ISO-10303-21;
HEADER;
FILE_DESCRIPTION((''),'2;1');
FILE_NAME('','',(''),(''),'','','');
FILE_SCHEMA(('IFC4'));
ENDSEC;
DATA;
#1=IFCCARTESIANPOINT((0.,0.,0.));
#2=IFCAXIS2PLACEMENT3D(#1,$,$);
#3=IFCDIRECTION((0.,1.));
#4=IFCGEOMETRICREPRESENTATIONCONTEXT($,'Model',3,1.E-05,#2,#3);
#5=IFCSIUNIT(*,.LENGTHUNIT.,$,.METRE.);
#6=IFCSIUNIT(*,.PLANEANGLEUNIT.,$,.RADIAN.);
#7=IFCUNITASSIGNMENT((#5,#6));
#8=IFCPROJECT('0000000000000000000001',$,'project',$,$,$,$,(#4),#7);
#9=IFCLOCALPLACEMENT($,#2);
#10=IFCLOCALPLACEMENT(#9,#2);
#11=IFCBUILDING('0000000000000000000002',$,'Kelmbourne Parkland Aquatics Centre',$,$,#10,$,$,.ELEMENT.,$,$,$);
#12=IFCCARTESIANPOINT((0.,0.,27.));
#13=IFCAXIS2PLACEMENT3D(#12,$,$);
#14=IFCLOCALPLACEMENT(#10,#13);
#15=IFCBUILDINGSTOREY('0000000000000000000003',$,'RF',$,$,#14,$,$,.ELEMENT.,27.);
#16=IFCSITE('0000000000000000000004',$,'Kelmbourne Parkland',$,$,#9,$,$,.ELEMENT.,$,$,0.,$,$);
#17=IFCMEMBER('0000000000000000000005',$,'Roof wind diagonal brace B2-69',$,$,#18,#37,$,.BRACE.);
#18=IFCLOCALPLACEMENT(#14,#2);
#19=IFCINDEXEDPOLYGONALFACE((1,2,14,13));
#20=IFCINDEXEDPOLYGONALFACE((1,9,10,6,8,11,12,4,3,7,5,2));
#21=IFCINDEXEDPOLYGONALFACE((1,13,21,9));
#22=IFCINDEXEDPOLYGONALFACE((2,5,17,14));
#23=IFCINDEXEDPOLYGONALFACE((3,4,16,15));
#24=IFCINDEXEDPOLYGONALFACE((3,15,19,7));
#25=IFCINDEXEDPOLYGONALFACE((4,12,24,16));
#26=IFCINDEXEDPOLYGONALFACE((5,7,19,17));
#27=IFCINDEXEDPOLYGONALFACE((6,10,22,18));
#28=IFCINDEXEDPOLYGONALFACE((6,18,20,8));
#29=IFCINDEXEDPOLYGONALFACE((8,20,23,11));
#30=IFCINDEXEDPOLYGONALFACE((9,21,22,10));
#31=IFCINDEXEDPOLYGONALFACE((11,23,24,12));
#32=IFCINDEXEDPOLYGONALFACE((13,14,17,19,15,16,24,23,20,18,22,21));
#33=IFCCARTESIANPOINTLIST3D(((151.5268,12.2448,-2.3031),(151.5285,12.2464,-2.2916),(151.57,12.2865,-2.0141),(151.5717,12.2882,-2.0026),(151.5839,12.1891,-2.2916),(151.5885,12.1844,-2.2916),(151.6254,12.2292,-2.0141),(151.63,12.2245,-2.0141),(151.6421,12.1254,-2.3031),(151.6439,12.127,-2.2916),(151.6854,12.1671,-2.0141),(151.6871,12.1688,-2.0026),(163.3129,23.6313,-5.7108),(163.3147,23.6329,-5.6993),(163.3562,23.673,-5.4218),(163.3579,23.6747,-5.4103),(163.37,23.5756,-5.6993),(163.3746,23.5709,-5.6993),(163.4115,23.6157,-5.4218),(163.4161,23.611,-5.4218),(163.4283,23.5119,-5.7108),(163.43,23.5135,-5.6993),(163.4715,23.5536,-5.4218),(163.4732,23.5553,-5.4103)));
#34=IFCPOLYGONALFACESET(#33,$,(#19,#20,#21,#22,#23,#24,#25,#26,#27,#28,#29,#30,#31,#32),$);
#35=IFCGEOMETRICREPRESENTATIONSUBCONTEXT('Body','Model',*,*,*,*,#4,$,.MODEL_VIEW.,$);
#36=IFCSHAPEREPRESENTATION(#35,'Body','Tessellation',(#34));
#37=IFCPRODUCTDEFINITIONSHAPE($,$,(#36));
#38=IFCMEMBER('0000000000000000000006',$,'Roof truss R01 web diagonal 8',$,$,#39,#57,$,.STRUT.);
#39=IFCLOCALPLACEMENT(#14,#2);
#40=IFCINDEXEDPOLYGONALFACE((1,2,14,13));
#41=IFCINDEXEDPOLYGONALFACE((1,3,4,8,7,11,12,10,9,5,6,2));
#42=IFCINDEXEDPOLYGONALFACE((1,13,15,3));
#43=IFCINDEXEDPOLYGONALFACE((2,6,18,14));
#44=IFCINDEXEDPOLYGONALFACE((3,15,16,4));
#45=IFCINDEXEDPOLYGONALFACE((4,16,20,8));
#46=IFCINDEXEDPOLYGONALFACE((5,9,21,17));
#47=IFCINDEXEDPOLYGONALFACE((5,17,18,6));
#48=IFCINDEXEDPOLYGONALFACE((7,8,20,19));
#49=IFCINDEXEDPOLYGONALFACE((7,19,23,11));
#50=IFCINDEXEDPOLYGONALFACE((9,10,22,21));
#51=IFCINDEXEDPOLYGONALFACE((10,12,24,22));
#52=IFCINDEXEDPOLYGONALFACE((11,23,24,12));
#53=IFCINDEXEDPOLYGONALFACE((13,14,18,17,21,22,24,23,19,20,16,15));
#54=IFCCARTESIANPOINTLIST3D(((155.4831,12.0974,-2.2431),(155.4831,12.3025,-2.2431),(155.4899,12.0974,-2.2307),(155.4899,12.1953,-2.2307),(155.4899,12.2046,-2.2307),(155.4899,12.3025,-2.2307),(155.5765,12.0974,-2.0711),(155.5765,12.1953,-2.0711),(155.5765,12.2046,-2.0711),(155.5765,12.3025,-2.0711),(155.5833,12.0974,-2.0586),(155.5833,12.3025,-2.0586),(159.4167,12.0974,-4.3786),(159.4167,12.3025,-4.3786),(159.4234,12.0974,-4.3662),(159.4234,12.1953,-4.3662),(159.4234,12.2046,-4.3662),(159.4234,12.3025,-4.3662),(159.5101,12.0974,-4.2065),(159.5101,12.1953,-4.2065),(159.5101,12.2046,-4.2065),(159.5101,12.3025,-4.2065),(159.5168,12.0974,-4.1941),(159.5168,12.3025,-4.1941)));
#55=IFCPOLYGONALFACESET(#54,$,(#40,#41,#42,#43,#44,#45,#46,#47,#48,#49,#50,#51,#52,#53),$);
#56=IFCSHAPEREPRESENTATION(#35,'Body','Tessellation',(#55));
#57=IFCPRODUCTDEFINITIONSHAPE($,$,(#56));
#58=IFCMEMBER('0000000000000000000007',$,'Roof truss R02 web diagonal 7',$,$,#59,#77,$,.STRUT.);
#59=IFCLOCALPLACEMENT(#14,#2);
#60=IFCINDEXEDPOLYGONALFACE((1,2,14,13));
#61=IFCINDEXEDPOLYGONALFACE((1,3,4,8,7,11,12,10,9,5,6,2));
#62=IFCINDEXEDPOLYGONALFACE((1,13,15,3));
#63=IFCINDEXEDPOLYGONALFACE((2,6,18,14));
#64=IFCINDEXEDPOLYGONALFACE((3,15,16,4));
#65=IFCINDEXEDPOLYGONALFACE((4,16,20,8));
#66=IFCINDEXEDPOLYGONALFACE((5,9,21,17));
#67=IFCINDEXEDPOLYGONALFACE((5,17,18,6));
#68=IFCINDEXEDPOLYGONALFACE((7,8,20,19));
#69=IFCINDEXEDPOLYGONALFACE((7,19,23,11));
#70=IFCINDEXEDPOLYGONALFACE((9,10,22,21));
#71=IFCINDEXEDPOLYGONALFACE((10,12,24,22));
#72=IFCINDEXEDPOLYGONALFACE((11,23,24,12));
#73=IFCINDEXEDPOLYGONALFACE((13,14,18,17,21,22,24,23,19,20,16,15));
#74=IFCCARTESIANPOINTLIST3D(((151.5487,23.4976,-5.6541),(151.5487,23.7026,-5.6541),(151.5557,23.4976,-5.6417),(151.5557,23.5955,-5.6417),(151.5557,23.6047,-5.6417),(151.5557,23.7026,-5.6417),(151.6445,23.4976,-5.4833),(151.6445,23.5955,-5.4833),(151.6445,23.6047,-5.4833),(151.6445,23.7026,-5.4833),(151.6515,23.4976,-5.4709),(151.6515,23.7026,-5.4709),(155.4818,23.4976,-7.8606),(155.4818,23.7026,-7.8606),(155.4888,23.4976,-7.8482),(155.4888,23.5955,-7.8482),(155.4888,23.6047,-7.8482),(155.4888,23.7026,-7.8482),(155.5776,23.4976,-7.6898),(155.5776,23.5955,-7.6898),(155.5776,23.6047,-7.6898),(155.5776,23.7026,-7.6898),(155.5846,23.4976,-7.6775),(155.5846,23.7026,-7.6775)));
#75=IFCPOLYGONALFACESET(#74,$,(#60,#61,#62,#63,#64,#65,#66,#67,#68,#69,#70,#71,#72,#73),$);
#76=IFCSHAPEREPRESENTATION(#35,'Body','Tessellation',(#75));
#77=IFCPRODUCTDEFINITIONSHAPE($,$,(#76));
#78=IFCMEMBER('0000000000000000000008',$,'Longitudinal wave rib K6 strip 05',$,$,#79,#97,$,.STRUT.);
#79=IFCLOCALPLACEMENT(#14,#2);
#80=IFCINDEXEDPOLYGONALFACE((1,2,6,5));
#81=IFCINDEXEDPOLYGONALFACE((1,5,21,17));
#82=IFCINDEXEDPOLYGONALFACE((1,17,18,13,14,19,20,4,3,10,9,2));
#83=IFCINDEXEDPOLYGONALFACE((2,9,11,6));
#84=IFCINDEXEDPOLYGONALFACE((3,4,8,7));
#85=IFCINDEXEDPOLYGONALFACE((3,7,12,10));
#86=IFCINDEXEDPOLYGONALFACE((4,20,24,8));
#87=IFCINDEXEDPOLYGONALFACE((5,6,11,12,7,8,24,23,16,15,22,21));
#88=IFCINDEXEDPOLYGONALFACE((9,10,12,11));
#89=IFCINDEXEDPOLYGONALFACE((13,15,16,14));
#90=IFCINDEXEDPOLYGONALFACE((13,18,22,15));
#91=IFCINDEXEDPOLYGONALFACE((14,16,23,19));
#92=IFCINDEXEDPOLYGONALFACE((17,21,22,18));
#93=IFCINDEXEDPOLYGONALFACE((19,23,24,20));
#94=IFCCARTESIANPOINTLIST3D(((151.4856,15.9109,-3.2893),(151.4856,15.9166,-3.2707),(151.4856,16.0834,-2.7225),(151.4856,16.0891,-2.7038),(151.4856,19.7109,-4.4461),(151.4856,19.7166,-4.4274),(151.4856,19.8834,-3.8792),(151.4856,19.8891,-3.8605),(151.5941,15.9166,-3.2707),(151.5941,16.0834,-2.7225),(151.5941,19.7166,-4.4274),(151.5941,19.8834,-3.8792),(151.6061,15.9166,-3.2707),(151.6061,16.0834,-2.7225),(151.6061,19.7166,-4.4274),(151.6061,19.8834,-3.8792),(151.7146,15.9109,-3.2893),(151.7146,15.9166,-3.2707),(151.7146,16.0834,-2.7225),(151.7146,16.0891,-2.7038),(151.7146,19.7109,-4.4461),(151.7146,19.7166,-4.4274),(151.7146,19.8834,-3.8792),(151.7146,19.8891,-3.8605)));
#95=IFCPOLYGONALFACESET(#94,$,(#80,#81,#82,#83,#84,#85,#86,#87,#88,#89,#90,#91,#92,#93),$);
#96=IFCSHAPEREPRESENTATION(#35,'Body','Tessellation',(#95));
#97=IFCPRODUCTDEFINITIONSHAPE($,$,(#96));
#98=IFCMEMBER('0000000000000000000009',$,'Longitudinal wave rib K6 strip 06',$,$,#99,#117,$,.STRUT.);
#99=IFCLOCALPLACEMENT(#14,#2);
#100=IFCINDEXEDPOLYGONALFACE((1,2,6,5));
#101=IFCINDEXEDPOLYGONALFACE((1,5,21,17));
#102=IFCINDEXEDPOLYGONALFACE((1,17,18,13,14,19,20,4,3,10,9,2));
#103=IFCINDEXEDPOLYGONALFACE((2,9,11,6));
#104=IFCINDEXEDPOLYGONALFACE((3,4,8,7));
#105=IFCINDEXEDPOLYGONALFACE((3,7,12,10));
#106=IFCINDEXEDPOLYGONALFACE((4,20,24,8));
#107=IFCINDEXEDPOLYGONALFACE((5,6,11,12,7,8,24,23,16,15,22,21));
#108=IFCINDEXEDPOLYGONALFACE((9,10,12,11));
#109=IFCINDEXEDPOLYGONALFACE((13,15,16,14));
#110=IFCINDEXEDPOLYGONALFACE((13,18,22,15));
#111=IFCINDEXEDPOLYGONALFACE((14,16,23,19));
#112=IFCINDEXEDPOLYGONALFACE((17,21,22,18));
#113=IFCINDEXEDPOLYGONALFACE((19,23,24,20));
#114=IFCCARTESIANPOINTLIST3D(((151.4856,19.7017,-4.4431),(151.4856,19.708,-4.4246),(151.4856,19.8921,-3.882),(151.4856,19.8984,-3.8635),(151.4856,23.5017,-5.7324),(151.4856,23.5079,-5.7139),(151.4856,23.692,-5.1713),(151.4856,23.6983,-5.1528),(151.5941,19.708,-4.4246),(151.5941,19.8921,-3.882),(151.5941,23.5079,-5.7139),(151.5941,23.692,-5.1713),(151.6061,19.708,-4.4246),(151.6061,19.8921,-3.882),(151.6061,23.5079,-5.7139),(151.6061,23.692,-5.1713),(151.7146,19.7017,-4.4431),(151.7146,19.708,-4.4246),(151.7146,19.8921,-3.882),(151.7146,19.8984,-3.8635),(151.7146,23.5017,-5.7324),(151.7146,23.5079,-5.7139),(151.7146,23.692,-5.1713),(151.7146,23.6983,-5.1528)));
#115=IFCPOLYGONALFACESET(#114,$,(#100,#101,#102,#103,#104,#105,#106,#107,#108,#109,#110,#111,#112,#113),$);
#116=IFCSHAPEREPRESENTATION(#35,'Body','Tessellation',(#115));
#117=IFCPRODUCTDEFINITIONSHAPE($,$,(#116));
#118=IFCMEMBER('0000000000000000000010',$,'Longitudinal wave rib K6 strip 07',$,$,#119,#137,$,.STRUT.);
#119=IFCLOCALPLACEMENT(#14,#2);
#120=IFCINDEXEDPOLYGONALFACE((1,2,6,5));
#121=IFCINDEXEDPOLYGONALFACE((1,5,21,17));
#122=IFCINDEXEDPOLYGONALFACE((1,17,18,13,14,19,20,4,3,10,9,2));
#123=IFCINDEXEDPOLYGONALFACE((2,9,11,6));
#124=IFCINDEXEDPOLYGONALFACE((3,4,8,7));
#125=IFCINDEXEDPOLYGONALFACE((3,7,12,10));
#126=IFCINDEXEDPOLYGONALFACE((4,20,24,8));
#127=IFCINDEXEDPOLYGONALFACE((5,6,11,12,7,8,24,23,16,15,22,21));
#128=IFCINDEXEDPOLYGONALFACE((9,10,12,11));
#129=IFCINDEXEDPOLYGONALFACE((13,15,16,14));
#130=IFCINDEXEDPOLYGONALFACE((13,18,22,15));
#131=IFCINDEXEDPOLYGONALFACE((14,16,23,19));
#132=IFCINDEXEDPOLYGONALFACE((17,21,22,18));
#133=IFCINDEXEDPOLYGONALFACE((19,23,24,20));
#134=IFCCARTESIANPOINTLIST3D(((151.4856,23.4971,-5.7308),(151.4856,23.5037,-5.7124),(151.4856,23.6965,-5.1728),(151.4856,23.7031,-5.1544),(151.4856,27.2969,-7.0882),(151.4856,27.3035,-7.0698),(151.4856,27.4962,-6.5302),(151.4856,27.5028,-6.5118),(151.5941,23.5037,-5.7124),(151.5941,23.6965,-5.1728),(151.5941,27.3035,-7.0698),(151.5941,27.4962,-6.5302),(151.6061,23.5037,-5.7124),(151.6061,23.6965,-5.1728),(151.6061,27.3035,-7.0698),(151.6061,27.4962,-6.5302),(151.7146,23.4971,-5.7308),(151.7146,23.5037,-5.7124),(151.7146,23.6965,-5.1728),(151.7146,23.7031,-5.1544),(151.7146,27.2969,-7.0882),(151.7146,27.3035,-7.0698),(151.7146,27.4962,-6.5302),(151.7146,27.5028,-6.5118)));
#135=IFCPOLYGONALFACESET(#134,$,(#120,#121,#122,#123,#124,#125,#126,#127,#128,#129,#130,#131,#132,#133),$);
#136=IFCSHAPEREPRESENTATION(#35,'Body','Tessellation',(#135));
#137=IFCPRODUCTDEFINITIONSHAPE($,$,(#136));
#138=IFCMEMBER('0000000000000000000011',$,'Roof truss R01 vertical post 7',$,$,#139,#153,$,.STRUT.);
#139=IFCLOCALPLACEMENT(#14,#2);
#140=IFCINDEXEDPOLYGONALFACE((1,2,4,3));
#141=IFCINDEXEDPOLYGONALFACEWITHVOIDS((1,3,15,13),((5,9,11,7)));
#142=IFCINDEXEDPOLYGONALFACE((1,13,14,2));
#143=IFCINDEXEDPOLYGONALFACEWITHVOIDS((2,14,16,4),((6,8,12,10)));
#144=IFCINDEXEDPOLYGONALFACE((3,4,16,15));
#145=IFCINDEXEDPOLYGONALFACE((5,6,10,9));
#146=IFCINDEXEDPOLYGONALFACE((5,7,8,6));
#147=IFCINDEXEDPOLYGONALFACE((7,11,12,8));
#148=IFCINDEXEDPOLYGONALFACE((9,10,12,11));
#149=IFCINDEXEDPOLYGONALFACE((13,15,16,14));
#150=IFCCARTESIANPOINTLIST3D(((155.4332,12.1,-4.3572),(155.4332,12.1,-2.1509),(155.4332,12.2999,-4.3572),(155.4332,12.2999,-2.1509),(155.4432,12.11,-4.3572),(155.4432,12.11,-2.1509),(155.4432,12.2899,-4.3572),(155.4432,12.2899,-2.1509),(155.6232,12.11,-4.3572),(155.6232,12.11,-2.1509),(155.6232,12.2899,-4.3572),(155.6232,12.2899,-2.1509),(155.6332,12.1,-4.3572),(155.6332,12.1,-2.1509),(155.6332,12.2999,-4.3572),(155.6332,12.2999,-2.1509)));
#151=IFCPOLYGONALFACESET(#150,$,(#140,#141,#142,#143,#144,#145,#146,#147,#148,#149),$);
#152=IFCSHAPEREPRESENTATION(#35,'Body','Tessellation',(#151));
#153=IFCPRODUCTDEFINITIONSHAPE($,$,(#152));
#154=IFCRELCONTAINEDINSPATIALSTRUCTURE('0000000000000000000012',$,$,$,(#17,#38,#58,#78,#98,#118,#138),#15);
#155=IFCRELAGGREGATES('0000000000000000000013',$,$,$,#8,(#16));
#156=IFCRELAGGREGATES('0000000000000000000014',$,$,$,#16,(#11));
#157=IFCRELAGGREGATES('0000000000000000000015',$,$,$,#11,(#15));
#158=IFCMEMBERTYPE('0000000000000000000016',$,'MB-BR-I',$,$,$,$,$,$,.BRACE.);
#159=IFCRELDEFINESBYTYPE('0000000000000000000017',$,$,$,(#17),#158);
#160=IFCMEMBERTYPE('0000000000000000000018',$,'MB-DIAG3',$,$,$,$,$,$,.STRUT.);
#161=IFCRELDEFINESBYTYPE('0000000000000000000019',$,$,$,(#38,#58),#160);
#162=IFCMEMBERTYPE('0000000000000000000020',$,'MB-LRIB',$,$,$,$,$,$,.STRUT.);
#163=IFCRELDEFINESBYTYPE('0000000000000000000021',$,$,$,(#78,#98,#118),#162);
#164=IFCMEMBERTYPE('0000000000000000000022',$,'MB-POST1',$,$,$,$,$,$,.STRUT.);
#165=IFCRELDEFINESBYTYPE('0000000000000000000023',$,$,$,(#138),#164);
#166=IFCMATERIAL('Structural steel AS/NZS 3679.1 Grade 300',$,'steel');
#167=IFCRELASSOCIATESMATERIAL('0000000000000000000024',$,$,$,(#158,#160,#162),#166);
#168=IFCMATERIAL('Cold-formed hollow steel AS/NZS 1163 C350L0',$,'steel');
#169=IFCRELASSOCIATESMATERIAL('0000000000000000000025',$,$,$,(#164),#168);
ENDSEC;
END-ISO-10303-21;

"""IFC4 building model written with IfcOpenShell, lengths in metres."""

from ifc_helpers import new_model, si_unit, direction, frame, origin, origin_2d, place, context, subcontext, project, spatial, hollow_rectangle, i_section, extrude, material, material_profile, profile_set, type_object, element, save


model = new_model("IFC4")

# Units and contexts
model_context = context("Model", 3, precision=1e-05, world=origin(), true_north=direction((0.0, 1.0)))
body_context = subcontext(model_context, "Body", "Model", "MODEL_VIEW")
ifc_project = project(units=[si_unit("LENGTHUNIT", "METRE"), si_unit("PLANEANGLEUNIT", "RADIAN")], contexts=[model_context])

# Site, building, storey
site_placement = place(None, origin())
site = spatial("IfcSite", under=ifc_project, at=site_placement, Name="Kelmbourne Parkland", CompositionType="ELEMENT", RefElevation=0.0)
building_placement = place(site_placement, origin())
building = spatial("IfcBuilding", under=site, at=building_placement, Name="Kelmbourne Parkland Aquatics Centre", CompositionType="ELEMENT")
storey_placement = place(building_placement, frame((0.0, 0.0, 27.0)))
storey = spatial("IfcBuildingStorey", under=building, at=storey_placement, Name="RF", CompositionType="ELEMENT", Elevation=27.0)

# Members
ifc_material_1 = material(Name="Structural steel AS/NZS 3679.1 Grade 300", Category="steel")
ifc_material_profile_1 = material_profile(ifc_material_1, i_section(OverallWidth=0.166, OverallDepth=0.3069, WebThickness=0.0066, FlangeThickness=0.0117, at=origin_2d()), Name="310UB46.2")
ifc_profile_set_1 = profile_set([ifc_material_profile_1], Name="Structural steel AS/NZS 3679.1 Grade 300")
member_type_1 = type_object("IfcMemberType", Name="MB-BR-I", PredefinedType="BRACE", material=ifc_profile_set_1)
member_1_placement = place(storey_placement, frame((151.6069, 12.2068, -2.1528), z_axis=(0.704133, 0.680257, -0.203585), x_axis=(-0.694808, 0.719195, 0.0)))
element("IfcMember", 1, at=member_1_placement, inside=storey, type_object=member_type_1, Name="Roof wind diagonal brace B2-69", PredefinedType="BRACE", context=body_context, shape_type="SweptSolid", body=[
    extrude(i_section(OverallWidth=0.166, OverallDepth=0.3069, WebThickness=0.0066, FlangeThickness=0.0117, at=origin_2d()), origin(), (0.0, 0.0, 1.0), 16.7385),
])
ifc_material_profile_2 = material_profile(ifc_material_1, i_section(OverallWidth=0.2051, OverallDepth=0.21, WebThickness=0.0093, FlangeThickness=0.0142, at=origin_2d()), Name="200UC59.5")
ifc_profile_set_2 = profile_set([ifc_material_profile_2], Name="Structural steel AS/NZS 3679.1 Grade 300")
member_type_2 = type_object("IfcMemberType", Name="MB-DIAG3", PredefinedType="STRUT", material=ifc_profile_set_2)
member_2_placement = place(storey_placement, frame((155.5332, 12.2, -2.1509), z_axis=(0.878842, 0.0, -0.477112), x_axis=(0.0, 1.0, 0.0)))
element("IfcMember", 2, at=member_2_placement, inside=storey, type_object=member_type_2, Name="Roof truss R01 web diagonal 8", PredefinedType="STRUT", context=body_context, shape_type="SweptSolid", body=[
    extrude(i_section(OverallWidth=0.2051, OverallDepth=0.21, WebThickness=0.0093, FlangeThickness=0.0142, at=origin_2d()), origin(), (0.0, 0.0, 1.0), 4.4758),
])
member_3_placement = place(storey_placement, frame((151.6001, 23.6001, -5.5625), z_axis=(0.872127, 0.0, -0.489279), x_axis=(0.0, 1.0, 0.0)))
element("IfcMember", 3, at=member_3_placement, inside=storey, type_object=member_type_2, Name="Roof truss R02 web diagonal 7", PredefinedType="STRUT", context=body_context, shape_type="SweptSolid", body=[
    extrude(i_section(OverallWidth=0.2051, OverallDepth=0.21, WebThickness=0.0093, FlangeThickness=0.0142, at=origin_2d()), origin(), (0.0, 0.0, 1.0), 4.5098),
])
ifc_material_profile_3 = material_profile(ifc_material_1, i_section(OverallWidth=0.229, OverallDepth=0.6121, WebThickness=0.012, FlangeThickness=0.0195, at=origin_2d()), Name="610UB125")
ifc_profile_set_3 = profile_set([ifc_material_profile_3], Name="Structural steel AS/NZS 3679.1 Grade 300")
member_type_3 = type_object("IfcMemberType", Name="MB-LRIB", PredefinedType="STRUT", material=ifc_profile_set_3)
member_4_placement = place(storey_placement, frame((151.6001, 16.0, -2.9966), z_axis=(0.0, 0.95666, -0.291208), x_axis=(-1.0, 0.0, 0.0)))
element("IfcMember", 4, at=member_4_placement, inside=storey, type_object=member_type_3, Name="Longitudinal wave rib K6 strip 05", PredefinedType="STRUT", context=body_context, shape_type="SweptSolid", body=[
    extrude(i_section(OverallWidth=0.229, OverallDepth=0.6121, WebThickness=0.012, FlangeThickness=0.0195, at=origin_2d()), origin(), (0.0, 0.0, 1.0), 3.9722),
])
member_5_placement = place(storey_placement, frame((151.6001, 19.8, -4.1533), z_axis=(0.0, 0.946978, -0.321297), x_axis=(-1.0, 0.0, 0.0)))
element("IfcMember", 5, at=member_5_placement, inside=storey, type_object=member_type_3, Name="Longitudinal wave rib K6 strip 06", PredefinedType="STRUT", context=body_context, shape_type="SweptSolid", body=[
    extrude(i_section(OverallWidth=0.229, OverallDepth=0.6121, WebThickness=0.012, FlangeThickness=0.0195, at=origin_2d()), origin(), (0.0, 0.0, 1.0), 4.0127),
])
member_6_placement = place(storey_placement, frame((151.6001, 23.6001, -5.4426), z_axis=(0.0, 0.941715, -0.336413), x_axis=(-1.0, 0.0, 0.0)))
element("IfcMember", 6, at=member_6_placement, inside=storey, type_object=member_type_3, Name="Longitudinal wave rib K6 strip 07", PredefinedType="STRUT", context=body_context, shape_type="SweptSolid", body=[
    extrude(i_section(OverallWidth=0.229, OverallDepth=0.6121, WebThickness=0.012, FlangeThickness=0.0195, at=origin_2d()), origin(), (0.0, 0.0, 1.0), 4.0349),
])
ifc_material_2 = material(Name="Cold-formed hollow steel AS/NZS 1163 C350L0", Category="steel")
ifc_material_profile_4 = material_profile(ifc_material_2, hollow_rectangle(XDim=0.2, YDim=0.2, WallThickness=0.01, at=origin_2d()), Name="SHS 200x200x10.0")
ifc_profile_set_4 = profile_set([ifc_material_profile_4], Name="Cold-formed hollow steel AS/NZS 1163 C350L0")
member_type_4 = type_object("IfcMemberType", Name="MB-POST1", PredefinedType="STRUT", material=ifc_profile_set_4)
member_7_placement = place(storey_placement, frame((155.5332, 12.2, -4.3572), z_axis=(0.0, 0.0, 1.0), x_axis=(1.0, 0.0, 0.0)))
element("IfcMember", 7, at=member_7_placement, inside=storey, type_object=member_type_4, Name="Roof truss R01 vertical post 7", PredefinedType="STRUT", context=body_context, shape_type="SweptSolid", body=[
    extrude(hollow_rectangle(XDim=0.2, YDim=0.2, WallThickness=0.01, at=origin_2d()), origin(), (0.0, 0.0, 1.0), 2.2063),
])

save(model, "model.ifc")
